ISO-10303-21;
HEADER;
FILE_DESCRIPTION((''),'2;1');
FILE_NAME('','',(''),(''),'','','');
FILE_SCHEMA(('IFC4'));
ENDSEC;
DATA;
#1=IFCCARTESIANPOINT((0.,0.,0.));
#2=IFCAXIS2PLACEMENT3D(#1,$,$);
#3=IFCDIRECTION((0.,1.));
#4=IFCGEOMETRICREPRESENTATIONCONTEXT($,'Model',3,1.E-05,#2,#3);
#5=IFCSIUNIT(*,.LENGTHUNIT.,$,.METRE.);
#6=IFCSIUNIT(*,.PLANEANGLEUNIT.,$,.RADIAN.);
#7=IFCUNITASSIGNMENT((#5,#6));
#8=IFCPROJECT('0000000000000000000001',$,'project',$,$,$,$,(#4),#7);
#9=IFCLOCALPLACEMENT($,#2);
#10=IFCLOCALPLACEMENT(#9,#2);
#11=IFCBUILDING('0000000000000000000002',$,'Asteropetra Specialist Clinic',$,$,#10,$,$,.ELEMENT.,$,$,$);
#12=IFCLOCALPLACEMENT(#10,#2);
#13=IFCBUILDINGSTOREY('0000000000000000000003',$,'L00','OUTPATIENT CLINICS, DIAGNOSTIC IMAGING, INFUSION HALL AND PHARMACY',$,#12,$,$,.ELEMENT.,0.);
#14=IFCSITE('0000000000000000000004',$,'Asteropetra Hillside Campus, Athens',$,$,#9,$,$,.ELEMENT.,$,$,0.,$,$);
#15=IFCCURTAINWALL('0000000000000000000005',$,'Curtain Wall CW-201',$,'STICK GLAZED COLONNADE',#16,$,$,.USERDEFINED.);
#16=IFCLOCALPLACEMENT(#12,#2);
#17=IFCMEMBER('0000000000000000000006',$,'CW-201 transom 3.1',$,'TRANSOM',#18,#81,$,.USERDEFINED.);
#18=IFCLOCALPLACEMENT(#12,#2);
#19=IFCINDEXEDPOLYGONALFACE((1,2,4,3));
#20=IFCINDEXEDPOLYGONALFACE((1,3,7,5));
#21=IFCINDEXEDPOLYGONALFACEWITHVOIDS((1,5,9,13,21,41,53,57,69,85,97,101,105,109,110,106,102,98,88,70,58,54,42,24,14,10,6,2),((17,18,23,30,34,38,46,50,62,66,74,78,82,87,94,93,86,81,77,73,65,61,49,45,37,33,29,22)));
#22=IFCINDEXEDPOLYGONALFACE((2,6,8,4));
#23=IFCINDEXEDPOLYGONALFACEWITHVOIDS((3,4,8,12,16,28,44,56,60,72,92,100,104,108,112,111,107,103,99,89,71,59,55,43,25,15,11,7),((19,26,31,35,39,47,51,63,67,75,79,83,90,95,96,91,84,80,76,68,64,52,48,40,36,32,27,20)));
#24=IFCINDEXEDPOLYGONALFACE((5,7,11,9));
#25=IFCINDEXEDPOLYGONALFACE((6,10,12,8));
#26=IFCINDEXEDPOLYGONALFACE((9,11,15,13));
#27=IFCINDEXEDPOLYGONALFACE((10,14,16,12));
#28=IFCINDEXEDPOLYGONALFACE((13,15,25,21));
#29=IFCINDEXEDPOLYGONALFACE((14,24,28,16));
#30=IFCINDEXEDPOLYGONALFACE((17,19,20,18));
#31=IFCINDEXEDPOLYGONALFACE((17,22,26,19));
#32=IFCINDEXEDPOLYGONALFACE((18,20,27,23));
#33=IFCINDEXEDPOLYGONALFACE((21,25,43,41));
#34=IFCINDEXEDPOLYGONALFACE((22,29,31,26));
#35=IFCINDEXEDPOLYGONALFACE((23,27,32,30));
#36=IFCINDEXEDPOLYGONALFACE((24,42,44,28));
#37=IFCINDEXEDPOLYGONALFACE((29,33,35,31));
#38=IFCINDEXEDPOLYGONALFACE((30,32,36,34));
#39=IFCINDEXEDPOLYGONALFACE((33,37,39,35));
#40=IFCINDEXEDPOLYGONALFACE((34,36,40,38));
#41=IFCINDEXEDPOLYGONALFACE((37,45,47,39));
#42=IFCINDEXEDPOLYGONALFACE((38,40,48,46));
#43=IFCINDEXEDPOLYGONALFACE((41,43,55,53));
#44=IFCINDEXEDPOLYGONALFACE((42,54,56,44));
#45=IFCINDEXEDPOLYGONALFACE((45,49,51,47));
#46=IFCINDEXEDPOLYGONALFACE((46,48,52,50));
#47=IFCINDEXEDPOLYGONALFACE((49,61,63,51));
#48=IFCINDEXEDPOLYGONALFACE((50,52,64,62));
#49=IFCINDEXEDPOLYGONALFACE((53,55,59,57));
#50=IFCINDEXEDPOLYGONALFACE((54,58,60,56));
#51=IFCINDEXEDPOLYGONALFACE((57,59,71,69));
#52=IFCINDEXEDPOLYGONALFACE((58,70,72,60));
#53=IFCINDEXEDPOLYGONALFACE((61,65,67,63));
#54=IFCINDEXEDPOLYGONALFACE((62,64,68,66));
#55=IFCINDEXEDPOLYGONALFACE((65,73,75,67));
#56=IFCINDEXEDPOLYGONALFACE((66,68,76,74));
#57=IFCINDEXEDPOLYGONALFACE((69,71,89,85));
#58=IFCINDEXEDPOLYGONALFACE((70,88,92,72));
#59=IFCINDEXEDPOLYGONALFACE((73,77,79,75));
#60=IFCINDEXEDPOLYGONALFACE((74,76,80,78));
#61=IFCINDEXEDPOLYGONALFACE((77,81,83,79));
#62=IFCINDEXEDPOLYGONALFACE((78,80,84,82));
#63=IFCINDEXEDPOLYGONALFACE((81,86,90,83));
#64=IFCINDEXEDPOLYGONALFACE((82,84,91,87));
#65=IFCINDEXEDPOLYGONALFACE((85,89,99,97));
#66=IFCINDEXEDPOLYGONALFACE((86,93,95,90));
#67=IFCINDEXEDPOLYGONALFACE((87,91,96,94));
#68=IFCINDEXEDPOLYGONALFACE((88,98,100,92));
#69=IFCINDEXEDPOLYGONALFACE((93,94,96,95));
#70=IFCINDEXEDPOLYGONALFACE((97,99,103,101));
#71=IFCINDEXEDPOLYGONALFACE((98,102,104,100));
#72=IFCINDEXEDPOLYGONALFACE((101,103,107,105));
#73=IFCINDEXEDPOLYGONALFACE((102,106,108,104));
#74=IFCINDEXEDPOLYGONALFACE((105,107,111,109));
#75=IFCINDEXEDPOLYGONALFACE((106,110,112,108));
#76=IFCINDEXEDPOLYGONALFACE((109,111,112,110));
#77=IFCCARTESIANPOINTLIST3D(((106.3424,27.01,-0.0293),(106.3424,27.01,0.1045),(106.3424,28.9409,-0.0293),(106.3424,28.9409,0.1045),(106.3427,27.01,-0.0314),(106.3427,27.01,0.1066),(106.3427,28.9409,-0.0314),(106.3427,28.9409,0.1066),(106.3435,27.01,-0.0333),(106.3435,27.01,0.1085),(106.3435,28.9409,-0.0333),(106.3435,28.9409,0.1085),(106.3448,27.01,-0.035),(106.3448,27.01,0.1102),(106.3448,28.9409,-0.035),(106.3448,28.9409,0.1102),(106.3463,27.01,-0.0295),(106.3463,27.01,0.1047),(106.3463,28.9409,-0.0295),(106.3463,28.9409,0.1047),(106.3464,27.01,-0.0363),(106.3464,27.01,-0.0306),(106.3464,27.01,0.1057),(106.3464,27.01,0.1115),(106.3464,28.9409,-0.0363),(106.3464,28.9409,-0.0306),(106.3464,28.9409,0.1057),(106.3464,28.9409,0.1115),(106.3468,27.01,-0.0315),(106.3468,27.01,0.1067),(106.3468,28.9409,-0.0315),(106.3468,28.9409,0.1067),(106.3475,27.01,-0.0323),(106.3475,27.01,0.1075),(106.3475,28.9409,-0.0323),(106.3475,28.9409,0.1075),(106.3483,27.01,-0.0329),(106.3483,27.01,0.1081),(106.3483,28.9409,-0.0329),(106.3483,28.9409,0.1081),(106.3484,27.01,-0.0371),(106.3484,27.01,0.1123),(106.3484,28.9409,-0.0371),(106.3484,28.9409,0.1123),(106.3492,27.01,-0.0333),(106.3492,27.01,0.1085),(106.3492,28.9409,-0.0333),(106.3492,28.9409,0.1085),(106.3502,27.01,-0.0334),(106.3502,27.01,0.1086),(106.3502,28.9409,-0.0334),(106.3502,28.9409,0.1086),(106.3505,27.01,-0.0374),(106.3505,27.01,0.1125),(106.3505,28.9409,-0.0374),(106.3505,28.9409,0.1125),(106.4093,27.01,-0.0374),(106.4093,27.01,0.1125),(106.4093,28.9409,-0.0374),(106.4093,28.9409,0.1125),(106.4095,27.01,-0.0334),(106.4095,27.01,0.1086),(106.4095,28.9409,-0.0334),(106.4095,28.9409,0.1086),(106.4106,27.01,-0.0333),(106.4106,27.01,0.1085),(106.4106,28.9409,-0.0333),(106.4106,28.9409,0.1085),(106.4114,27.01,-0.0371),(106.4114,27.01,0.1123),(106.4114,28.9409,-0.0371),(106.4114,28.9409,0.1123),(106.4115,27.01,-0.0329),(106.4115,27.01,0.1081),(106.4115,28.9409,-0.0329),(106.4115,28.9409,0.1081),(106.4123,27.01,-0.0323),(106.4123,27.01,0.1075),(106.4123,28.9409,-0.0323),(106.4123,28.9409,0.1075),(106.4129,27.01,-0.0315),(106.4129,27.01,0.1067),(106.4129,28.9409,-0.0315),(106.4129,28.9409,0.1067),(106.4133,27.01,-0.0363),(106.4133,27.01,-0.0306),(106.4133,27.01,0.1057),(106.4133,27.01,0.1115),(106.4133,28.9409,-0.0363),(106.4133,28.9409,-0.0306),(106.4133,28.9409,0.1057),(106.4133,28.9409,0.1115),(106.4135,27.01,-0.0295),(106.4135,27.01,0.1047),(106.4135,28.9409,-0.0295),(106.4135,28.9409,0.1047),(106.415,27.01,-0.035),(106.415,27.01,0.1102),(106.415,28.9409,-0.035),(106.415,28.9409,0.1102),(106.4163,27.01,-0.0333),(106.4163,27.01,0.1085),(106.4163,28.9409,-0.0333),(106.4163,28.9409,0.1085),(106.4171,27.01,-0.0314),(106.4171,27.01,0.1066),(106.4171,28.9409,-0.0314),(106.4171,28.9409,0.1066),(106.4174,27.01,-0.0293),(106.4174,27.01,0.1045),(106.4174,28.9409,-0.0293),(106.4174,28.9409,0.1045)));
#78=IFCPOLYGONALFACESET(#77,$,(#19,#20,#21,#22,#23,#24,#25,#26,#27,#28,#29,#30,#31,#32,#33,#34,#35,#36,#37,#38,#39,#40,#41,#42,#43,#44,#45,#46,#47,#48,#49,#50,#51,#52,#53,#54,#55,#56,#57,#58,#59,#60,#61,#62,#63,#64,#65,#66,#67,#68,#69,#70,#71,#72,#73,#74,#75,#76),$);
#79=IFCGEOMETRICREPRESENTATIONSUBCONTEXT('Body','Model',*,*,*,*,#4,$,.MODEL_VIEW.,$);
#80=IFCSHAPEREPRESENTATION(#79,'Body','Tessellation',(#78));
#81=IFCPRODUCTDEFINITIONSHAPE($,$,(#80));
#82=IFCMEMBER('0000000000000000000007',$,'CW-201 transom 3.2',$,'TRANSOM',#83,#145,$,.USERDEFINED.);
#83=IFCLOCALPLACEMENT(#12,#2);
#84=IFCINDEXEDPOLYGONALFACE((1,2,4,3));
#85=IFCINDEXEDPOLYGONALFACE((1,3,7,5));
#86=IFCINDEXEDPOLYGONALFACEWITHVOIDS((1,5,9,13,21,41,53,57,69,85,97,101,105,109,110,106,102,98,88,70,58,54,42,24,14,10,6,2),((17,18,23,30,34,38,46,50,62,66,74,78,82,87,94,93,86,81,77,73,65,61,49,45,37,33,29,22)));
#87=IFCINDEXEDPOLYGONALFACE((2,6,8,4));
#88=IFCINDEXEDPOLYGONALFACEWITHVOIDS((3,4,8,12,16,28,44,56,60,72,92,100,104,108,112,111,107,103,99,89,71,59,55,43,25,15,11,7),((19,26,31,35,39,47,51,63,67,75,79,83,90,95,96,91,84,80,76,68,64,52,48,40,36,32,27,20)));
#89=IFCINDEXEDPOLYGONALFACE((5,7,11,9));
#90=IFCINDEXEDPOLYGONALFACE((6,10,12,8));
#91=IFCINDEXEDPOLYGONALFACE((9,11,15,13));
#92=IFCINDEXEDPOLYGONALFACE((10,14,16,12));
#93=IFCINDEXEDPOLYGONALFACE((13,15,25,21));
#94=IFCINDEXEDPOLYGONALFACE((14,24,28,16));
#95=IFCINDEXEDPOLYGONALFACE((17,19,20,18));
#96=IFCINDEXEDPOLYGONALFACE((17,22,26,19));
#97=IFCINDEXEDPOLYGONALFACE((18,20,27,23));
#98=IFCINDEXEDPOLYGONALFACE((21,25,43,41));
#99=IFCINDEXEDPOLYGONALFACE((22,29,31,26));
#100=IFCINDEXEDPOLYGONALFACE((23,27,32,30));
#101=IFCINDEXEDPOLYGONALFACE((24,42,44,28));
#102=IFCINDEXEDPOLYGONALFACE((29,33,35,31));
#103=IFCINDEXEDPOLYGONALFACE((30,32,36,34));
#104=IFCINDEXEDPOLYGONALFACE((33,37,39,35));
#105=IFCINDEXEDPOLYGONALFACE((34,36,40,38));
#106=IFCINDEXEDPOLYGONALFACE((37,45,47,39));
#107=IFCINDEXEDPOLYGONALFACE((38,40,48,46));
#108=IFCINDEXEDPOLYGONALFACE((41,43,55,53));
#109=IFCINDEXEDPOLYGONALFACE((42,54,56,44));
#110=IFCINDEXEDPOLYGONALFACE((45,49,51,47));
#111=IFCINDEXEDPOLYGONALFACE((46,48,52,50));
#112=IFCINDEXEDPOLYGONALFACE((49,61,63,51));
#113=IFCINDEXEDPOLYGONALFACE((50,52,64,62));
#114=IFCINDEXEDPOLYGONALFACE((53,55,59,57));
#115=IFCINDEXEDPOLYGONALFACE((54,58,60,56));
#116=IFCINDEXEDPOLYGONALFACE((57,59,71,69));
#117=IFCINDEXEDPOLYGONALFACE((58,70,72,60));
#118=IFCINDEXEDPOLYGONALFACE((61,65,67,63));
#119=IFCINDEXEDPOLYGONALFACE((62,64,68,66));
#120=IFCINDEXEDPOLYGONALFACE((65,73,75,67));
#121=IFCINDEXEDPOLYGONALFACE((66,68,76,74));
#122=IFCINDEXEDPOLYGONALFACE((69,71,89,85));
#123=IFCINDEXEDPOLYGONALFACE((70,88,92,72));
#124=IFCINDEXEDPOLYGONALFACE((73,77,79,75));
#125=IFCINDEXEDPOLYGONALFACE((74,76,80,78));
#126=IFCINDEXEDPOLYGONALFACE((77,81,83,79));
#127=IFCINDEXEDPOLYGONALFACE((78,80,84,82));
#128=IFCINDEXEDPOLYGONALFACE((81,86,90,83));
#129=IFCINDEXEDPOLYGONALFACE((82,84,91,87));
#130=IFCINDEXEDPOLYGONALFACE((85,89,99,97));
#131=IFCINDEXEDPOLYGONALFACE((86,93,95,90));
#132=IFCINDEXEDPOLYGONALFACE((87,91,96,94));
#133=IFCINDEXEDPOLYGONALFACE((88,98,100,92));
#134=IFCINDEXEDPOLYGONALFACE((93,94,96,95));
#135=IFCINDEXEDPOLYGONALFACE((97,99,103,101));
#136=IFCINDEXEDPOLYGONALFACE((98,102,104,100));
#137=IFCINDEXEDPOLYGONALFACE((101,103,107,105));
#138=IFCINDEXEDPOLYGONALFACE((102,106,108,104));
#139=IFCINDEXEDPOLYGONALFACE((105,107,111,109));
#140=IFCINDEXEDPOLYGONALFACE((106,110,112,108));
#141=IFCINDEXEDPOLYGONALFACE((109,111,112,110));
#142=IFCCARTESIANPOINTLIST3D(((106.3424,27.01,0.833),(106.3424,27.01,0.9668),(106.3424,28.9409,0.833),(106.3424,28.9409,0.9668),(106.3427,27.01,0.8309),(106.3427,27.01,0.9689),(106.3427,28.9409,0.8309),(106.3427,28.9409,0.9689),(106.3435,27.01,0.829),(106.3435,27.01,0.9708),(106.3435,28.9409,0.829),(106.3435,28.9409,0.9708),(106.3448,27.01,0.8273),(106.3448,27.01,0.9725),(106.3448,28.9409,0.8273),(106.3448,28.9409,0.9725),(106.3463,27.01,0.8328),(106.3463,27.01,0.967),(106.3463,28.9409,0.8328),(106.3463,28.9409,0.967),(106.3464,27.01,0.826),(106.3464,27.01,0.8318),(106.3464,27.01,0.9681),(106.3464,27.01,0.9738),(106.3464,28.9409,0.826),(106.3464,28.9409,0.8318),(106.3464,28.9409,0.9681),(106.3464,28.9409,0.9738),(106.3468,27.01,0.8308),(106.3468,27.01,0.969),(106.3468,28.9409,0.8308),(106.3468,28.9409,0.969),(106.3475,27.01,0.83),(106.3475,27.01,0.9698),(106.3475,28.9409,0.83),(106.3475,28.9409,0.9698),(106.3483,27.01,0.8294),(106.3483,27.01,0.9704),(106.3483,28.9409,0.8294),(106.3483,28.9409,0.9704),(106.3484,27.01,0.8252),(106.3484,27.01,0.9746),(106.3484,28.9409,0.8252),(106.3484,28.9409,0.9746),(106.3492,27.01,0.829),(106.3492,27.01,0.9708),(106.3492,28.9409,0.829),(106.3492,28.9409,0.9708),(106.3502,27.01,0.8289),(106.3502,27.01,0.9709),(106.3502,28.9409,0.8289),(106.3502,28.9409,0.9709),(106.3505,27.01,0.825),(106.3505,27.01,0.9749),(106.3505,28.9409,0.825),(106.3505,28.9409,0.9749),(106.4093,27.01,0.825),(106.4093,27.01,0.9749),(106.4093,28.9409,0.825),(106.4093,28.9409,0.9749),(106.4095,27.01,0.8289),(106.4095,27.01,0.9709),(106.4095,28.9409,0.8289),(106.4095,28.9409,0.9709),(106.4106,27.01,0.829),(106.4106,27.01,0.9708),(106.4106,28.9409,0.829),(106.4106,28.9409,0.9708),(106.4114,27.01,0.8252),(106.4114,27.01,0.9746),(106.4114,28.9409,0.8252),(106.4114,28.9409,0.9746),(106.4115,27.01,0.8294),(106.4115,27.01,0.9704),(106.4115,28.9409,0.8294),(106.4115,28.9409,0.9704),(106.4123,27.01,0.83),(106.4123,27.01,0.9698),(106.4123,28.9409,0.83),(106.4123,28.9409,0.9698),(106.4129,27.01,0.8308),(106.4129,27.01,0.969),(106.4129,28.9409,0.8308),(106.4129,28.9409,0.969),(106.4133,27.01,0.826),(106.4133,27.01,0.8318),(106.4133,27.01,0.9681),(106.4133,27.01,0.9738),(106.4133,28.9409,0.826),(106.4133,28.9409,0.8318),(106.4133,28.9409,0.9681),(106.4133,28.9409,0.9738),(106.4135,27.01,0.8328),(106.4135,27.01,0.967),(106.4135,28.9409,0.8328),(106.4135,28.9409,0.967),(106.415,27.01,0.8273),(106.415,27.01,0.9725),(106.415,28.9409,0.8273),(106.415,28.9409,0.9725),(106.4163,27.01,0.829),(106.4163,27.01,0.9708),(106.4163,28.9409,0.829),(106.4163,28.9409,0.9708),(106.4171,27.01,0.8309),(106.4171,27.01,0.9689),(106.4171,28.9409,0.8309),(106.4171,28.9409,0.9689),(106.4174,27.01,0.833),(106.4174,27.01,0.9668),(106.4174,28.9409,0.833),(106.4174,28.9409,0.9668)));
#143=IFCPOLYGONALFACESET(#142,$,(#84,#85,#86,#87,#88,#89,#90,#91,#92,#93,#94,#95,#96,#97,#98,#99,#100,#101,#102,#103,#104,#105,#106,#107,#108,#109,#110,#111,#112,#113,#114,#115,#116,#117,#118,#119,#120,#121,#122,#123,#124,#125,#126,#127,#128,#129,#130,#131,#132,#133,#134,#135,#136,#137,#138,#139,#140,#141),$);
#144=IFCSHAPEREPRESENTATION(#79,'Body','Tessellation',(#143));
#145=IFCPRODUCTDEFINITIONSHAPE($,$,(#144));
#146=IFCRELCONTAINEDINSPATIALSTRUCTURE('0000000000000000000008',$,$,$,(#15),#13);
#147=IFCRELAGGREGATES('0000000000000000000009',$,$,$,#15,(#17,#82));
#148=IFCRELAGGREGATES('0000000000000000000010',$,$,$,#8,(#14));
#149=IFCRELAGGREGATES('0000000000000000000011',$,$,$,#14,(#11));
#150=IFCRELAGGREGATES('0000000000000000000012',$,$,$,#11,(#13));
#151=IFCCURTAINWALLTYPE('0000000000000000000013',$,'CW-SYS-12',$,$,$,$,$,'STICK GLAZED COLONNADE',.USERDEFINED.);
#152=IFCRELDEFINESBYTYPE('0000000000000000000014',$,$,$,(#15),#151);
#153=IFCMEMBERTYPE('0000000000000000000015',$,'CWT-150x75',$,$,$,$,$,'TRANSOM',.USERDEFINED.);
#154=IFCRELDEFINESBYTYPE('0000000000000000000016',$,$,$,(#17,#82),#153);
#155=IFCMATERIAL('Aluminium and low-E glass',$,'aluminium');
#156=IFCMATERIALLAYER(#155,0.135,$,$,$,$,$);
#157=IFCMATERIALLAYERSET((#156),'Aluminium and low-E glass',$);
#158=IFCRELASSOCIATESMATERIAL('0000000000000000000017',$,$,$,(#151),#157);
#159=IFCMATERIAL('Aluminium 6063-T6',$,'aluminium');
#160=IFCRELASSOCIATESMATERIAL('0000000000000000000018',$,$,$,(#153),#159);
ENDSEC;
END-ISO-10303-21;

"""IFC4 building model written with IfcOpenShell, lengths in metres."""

from ifc_helpers import new_model, si_unit, direction, frame, origin, origin_2d, place, context, subcontext, project, spatial, hollow_rectangle, extrude, material, layer, layer_set, material_profile, profile_set, type_object, element, aggregate, save


model = new_model("IFC4")

# Units and contexts
model_context = context("Model", 3, precision=1e-05, world=origin(), true_north=direction((0.0, 1.0)))
body_context = subcontext(model_context, "Body", "Model", "MODEL_VIEW")
ifc_project = project(units=[si_unit("LENGTHUNIT", "METRE"), si_unit("PLANEANGLEUNIT", "RADIAN")], contexts=[model_context])

# Site, building, storey
site_placement = place(None, origin())
site = spatial("IfcSite", under=ifc_project, at=site_placement, Name="Asteropetra Hillside Campus, Athens", CompositionType="ELEMENT", RefElevation=0.0)
building_placement = place(site_placement, origin())
building = spatial("IfcBuilding", under=site, at=building_placement, Name="Asteropetra Specialist Clinic", CompositionType="ELEMENT")
storey_placement = place(building_placement, origin())
storey = spatial("IfcBuildingStorey", under=building, at=storey_placement, Name="L00", Description="OUTPATIENT CLINICS, DIAGNOSTIC IMAGING, INFUSION HALL AND PHARMACY", CompositionType="ELEMENT", Elevation=0.0)

# Curtain wall
ifc_material_1 = material(Name="Aluminium and low-E glass", Category="aluminium")
ifc_layer_1 = layer(ifc_material_1, 0.135)
ifc_layer_set_1 = layer_set([ifc_layer_1], Name="Aluminium and low-E glass")
curtain_wall_type_1 = type_object("IfcCurtainWallType", Name="CW-SYS-12", ElementType="STICK GLAZED COLONNADE", PredefinedType="USERDEFINED", material=ifc_layer_set_1)
curtain_wall_1_placement = place(storey_placement, origin())
curtain_wall_1 = element("IfcCurtainWall", 1, at=curtain_wall_1_placement, inside=storey, type_object=curtain_wall_type_1, Name="Curtain Wall CW-201", ObjectType="STICK GLAZED COLONNADE", PredefinedType="USERDEFINED")

# Members
ifc_material_2 = material(Name="Aluminium 6063-T6", Category="aluminium")
ifc_material_profile_1 = material_profile(ifc_material_2, hollow_rectangle(XDim=0.075, YDim=0.1499, WallThickness=0.0039, InnerFilletRadius=0.0039, OuterFilletRadius=0.0081, at=origin_2d()), Name="TRN 150x75x4.0")
ifc_profile_set_1 = profile_set([ifc_material_profile_1], Name="Aluminium 6063-T6")
member_type_1 = type_object("IfcMemberType", Name="CWT-150x75", ElementType="TRANSOM", PredefinedType="USERDEFINED", material=ifc_profile_set_1)
member_1_placement = place(storey_placement, frame((106.3799, 28.9409, 0.0376), z_axis=(0.0, -1.0, 0.0), x_axis=(1.0, 0.0, 0.0)))
member_1 = element("IfcMember", 2, at=member_1_placement, type_object=member_type_1, Name="CW-201 transom 3.1", ObjectType="TRANSOM", PredefinedType="USERDEFINED", context=body_context, shape_type="SweptSolid", body=[
    extrude(hollow_rectangle(XDim=0.075, YDim=0.1499, WallThickness=0.0039, InnerFilletRadius=0.0039, OuterFilletRadius=0.0081, at=origin_2d()), origin(), (0.0, 0.0, 1.0), 1.9309),
])
member_2_placement = place(storey_placement, frame((106.3799, 28.9409, 0.8999), z_axis=(0.0, -1.0, 0.0), x_axis=(1.0, 0.0, 0.0)))
member_2 = element("IfcMember", 3, at=member_2_placement, type_object=member_type_1, Name="CW-201 transom 3.2", ObjectType="TRANSOM", PredefinedType="USERDEFINED", context=body_context, shape_type="SweptSolid", body=[
    extrude(hollow_rectangle(XDim=0.075, YDim=0.1499, WallThickness=0.0039, InnerFilletRadius=0.0039, OuterFilletRadius=0.0081, at=origin_2d()), origin(), (0.0, 0.0, 1.0), 1.9309),
])

aggregate(curtain_wall_1, [member_1, member_2])

save(model, "model.ifc")
